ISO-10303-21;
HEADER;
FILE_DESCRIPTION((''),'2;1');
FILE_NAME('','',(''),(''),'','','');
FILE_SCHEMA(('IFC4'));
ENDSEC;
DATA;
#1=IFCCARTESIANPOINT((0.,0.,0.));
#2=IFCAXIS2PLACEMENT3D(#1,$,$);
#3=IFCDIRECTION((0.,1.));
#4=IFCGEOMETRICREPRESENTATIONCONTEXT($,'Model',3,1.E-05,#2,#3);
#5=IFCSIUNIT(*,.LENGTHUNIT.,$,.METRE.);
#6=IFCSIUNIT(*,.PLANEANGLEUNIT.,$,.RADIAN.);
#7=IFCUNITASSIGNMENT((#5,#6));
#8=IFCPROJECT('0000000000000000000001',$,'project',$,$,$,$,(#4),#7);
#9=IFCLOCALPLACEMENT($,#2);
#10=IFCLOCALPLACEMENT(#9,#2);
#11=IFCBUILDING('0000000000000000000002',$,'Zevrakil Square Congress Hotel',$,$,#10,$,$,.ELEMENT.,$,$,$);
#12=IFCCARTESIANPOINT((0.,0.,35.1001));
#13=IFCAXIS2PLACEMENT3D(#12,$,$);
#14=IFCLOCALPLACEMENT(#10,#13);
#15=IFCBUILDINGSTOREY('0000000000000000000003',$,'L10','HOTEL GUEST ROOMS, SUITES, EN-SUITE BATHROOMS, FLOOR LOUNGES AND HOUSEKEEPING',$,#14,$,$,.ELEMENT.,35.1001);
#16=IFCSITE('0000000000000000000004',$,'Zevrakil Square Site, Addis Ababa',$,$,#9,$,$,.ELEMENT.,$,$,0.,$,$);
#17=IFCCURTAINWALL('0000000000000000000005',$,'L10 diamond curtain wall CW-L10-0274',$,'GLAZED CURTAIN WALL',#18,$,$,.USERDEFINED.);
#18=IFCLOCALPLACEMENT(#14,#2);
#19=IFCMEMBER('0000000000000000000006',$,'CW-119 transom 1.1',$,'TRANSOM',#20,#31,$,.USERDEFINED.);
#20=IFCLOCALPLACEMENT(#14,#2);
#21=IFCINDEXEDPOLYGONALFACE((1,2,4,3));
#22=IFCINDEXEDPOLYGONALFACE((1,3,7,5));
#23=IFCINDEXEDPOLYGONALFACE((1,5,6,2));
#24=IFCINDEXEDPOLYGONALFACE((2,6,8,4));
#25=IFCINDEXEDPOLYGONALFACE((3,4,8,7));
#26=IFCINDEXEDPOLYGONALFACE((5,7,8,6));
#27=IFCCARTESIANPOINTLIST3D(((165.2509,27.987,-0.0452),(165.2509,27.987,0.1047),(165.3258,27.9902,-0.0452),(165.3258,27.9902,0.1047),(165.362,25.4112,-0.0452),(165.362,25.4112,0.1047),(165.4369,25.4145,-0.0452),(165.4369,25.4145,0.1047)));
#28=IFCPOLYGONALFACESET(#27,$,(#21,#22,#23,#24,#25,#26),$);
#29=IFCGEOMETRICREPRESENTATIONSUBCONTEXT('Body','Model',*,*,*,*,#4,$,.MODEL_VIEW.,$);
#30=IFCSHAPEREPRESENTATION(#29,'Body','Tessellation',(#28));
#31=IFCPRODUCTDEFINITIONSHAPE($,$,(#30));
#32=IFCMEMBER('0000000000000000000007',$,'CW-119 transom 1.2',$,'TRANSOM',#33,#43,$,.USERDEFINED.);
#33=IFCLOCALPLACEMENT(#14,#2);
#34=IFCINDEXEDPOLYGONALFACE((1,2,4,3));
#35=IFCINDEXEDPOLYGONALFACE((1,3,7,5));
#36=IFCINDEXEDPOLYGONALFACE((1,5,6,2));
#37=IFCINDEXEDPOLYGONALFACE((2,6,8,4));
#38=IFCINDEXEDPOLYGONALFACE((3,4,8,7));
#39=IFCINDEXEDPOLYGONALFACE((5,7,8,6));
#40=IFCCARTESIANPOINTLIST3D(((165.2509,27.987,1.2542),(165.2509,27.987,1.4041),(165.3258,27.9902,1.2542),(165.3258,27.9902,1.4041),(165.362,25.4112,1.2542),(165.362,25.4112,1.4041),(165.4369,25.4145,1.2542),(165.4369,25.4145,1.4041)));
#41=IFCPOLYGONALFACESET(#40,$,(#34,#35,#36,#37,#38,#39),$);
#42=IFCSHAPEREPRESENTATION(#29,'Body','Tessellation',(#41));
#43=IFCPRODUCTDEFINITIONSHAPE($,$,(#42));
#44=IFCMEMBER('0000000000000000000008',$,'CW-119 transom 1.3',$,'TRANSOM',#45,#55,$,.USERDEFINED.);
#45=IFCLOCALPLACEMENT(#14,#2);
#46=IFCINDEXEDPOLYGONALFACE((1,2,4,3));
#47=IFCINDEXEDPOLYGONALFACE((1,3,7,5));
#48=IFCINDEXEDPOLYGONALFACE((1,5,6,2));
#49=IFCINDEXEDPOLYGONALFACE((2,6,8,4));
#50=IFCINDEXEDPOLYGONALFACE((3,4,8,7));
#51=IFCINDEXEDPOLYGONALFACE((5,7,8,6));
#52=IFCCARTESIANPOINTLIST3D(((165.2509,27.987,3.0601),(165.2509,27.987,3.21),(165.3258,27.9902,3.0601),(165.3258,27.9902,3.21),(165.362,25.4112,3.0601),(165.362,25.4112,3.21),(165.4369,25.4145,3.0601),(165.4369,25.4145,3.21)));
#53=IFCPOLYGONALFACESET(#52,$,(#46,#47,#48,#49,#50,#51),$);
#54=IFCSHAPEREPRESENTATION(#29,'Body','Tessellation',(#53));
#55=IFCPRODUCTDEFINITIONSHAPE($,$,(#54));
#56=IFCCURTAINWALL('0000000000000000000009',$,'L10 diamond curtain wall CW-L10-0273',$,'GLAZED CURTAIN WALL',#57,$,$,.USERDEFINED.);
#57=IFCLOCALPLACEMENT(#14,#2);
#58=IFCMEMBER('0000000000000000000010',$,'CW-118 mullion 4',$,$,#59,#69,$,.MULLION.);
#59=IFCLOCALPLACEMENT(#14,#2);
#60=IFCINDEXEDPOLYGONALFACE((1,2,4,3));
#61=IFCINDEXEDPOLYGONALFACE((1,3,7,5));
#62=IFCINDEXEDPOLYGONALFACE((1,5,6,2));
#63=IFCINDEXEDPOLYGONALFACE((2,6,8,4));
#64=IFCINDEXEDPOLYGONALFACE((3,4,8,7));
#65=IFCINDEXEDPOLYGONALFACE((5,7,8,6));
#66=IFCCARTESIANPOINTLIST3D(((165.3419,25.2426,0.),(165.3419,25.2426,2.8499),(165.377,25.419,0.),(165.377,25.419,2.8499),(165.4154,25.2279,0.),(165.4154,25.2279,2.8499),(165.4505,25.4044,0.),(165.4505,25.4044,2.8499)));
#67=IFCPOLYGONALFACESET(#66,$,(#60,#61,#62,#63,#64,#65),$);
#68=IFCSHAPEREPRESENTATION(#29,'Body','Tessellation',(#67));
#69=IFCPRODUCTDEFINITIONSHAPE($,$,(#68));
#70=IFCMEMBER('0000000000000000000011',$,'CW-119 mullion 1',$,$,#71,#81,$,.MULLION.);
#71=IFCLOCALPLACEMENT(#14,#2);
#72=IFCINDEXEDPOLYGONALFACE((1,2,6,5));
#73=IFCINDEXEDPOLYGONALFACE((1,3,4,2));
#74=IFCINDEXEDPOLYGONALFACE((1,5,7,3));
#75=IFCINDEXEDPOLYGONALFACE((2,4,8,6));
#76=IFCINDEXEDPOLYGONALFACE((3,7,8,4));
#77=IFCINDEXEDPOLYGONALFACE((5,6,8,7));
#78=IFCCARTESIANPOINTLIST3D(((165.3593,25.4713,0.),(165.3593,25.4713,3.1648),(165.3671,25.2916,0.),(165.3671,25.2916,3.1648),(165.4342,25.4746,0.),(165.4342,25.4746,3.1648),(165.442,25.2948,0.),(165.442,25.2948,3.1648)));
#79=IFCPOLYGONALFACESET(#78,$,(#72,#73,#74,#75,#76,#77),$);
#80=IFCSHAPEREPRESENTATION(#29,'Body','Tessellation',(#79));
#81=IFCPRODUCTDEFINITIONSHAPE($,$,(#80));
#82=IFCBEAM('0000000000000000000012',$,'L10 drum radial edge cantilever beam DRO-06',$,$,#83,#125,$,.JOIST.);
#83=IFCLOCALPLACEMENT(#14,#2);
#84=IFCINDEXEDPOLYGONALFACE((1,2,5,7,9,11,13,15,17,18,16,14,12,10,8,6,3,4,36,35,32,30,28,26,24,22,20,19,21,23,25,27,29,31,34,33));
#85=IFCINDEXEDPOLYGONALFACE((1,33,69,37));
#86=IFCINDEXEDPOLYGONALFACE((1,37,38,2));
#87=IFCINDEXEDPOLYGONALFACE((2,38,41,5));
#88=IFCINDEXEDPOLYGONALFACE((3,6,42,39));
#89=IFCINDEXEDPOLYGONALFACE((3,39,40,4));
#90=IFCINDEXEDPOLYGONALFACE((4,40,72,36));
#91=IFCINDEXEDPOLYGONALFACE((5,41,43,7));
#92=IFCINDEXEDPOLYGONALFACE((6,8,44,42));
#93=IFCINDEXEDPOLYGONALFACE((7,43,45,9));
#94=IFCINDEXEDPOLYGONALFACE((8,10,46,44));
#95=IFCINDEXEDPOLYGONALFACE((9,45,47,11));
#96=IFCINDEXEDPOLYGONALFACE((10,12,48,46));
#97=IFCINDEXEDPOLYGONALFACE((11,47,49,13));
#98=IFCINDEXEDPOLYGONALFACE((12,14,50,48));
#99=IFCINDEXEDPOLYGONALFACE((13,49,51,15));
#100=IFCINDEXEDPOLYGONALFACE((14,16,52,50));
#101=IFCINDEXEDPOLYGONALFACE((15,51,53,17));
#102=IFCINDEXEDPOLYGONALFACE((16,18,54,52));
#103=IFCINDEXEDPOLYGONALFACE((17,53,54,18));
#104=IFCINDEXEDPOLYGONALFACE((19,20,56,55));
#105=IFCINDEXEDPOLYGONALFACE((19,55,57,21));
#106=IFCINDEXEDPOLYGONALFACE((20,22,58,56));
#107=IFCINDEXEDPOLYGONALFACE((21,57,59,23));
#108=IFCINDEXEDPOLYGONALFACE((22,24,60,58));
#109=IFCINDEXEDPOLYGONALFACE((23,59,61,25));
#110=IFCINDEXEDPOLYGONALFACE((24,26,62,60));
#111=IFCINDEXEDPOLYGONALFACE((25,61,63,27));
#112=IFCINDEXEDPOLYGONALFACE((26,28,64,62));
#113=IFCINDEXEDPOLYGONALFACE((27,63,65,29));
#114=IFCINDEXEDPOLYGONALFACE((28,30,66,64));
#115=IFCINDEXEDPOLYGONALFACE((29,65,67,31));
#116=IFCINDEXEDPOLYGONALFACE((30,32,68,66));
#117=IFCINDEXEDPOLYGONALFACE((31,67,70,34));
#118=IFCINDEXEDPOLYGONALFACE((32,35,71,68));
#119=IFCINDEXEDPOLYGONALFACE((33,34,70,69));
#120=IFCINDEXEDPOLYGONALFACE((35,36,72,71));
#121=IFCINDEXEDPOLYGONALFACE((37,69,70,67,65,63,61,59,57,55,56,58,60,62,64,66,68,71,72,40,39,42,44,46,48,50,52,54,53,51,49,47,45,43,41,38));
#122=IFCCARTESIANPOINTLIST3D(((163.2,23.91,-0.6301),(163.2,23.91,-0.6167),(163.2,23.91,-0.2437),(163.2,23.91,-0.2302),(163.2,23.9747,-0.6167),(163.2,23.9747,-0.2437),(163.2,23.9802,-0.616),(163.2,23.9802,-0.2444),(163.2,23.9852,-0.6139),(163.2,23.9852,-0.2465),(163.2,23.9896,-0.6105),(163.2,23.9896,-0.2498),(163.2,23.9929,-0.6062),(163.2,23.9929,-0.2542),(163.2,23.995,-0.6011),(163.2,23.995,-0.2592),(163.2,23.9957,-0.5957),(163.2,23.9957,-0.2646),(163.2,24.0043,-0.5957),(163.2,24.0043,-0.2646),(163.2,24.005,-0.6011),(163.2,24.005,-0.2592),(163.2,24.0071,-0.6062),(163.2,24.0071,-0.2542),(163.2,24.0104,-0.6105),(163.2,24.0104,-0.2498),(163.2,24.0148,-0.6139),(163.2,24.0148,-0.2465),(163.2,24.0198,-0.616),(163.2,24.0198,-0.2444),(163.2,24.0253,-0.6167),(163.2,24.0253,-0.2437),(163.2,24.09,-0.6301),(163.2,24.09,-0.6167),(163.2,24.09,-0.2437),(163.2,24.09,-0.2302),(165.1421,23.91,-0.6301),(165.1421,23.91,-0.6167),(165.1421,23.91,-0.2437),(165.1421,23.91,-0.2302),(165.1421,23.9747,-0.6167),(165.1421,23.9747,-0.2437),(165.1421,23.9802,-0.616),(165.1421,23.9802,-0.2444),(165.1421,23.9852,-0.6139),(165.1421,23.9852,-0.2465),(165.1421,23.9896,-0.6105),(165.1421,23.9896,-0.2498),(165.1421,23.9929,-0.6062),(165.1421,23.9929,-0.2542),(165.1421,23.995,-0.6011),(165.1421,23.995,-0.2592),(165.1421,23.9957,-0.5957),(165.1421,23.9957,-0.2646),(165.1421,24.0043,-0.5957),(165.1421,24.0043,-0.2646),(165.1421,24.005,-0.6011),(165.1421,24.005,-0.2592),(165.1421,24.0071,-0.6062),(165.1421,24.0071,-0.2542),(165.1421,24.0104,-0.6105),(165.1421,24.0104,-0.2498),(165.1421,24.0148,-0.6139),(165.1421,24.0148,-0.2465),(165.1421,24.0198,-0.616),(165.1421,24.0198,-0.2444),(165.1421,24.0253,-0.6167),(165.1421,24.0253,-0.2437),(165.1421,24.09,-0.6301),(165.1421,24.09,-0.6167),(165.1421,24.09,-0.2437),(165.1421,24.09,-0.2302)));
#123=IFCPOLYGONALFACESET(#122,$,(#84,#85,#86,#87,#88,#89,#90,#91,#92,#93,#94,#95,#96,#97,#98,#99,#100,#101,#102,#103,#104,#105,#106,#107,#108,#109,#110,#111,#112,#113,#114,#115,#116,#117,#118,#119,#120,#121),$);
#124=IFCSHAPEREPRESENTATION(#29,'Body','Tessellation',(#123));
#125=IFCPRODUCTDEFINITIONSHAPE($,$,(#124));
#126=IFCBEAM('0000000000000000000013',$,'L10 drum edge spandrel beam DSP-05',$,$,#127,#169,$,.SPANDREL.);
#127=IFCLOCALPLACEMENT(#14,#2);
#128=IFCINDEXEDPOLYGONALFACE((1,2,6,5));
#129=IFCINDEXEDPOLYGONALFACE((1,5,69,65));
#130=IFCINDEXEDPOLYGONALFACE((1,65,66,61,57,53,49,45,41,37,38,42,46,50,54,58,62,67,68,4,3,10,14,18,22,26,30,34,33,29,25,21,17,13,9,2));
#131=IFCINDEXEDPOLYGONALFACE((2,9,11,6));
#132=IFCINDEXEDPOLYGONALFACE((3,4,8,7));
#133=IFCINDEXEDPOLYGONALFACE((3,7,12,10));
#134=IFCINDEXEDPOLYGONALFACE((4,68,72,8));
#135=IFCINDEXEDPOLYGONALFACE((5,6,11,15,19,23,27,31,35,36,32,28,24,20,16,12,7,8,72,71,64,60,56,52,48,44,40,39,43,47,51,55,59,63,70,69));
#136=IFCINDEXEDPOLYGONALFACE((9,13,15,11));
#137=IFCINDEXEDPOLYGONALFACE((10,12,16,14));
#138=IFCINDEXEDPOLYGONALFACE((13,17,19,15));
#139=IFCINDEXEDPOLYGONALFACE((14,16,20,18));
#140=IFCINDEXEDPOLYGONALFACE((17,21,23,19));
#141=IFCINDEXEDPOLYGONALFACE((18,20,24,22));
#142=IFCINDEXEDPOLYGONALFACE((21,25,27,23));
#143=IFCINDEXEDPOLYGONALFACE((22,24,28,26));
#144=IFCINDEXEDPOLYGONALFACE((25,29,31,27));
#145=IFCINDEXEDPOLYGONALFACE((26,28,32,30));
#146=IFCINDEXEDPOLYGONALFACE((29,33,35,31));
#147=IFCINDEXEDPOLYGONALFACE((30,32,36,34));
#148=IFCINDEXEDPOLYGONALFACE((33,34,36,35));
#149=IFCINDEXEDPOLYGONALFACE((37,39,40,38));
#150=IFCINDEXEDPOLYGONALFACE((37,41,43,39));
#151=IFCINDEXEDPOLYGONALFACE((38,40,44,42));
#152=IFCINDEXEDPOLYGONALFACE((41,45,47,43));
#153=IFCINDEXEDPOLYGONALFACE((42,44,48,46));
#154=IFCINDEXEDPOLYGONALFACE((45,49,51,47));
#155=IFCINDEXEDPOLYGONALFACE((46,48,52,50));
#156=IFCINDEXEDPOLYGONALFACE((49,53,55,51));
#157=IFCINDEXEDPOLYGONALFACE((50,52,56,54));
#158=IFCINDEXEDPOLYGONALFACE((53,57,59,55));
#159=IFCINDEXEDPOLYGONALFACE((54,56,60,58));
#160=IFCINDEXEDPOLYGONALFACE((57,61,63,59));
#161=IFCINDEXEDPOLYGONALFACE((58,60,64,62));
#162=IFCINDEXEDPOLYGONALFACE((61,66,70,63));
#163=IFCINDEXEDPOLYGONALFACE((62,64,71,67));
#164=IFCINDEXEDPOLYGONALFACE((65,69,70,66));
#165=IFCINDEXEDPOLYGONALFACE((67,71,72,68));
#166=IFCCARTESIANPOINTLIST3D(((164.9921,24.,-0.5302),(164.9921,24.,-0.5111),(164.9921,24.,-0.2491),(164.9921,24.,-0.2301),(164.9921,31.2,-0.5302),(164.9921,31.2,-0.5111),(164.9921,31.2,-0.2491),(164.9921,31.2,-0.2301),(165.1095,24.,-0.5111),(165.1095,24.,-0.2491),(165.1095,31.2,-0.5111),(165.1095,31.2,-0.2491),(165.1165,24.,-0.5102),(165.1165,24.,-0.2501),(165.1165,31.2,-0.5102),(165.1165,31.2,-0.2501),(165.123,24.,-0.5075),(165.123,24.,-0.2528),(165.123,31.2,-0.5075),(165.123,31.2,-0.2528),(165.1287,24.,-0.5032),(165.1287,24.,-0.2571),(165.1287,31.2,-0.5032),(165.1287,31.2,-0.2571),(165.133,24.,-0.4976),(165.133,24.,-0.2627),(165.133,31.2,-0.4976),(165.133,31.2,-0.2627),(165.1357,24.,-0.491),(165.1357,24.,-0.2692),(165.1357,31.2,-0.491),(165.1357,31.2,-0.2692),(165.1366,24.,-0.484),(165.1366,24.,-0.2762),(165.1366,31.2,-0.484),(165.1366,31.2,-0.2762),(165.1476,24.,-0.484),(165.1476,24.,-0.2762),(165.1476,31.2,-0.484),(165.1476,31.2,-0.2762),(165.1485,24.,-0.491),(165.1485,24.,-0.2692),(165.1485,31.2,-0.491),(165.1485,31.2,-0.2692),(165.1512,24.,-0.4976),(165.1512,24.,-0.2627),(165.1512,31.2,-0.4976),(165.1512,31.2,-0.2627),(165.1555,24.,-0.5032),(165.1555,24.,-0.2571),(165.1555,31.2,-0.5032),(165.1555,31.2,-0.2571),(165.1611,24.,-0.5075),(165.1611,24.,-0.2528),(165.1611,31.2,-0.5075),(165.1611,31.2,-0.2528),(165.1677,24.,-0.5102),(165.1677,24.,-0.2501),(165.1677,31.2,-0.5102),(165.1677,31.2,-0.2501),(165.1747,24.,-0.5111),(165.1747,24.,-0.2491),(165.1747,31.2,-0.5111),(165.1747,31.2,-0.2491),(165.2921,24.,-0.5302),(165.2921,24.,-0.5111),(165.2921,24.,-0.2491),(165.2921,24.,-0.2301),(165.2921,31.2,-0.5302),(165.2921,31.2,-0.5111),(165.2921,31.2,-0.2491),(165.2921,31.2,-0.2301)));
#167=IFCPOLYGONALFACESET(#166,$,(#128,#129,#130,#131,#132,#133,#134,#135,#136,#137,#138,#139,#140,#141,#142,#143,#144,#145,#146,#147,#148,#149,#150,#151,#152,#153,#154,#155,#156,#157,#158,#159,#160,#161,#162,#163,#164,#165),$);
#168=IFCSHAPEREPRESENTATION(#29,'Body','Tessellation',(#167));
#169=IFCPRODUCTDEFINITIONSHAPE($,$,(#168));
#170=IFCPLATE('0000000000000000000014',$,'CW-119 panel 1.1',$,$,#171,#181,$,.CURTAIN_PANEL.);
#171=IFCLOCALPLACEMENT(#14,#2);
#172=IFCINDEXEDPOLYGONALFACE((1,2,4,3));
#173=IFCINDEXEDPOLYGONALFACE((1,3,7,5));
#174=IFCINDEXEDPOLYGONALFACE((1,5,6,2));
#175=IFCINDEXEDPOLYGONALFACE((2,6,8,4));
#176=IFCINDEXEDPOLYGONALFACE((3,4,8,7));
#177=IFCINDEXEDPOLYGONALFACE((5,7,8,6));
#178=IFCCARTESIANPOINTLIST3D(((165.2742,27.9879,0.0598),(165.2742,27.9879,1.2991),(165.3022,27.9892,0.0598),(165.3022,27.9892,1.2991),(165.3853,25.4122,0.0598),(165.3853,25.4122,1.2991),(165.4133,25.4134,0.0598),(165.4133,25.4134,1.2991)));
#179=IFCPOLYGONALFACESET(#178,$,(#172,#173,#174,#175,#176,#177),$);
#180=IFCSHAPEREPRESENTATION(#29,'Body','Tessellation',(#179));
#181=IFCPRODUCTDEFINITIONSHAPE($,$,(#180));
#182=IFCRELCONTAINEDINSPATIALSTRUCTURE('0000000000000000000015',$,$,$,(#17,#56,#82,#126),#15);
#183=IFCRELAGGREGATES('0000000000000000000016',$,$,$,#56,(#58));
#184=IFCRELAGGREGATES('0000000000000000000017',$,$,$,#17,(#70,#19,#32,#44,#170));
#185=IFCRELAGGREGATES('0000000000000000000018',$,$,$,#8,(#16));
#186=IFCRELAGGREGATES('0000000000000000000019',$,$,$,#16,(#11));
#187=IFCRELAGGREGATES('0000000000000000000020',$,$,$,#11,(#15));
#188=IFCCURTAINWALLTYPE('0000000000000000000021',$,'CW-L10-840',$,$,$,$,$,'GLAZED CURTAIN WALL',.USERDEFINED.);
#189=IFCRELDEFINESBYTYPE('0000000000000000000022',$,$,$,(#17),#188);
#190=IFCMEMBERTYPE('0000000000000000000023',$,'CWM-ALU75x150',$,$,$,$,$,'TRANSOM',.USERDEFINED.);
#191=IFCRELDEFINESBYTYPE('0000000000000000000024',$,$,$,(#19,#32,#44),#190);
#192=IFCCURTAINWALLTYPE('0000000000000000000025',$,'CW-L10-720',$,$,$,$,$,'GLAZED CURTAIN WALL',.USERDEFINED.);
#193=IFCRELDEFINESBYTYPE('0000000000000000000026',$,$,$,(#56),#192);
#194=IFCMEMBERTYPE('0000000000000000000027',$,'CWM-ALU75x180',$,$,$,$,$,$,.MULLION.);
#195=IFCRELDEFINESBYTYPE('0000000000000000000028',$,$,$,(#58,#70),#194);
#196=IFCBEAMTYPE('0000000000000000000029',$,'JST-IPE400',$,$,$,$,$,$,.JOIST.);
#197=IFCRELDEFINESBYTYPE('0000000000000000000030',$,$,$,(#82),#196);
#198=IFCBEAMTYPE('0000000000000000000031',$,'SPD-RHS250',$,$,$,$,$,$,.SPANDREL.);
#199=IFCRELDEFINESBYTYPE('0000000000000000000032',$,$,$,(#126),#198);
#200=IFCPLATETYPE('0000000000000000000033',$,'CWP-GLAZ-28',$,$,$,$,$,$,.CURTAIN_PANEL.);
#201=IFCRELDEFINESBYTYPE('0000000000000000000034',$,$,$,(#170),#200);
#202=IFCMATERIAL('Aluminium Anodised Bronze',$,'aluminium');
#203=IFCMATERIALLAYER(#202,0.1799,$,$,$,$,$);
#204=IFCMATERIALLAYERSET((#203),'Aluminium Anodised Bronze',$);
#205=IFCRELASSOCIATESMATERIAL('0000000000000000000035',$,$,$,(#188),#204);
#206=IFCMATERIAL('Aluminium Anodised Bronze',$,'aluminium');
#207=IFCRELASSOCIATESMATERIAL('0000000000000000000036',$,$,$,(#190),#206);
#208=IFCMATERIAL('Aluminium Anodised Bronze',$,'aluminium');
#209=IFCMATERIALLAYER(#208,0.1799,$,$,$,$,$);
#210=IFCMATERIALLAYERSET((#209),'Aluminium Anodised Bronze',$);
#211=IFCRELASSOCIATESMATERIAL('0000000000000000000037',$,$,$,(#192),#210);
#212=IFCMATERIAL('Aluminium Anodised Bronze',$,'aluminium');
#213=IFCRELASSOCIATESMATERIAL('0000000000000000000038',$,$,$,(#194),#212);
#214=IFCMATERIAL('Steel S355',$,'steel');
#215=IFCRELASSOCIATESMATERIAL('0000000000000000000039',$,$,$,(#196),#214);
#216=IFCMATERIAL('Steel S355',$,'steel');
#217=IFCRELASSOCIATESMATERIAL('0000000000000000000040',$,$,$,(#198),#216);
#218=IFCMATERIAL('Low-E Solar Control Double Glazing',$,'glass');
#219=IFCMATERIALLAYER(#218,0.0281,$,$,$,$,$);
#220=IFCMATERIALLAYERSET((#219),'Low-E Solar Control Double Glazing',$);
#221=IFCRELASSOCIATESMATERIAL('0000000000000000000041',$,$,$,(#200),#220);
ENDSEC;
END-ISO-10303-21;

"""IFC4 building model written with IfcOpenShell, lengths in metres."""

from ifc_helpers import new_model, si_unit, direction, frame, origin, origin_2d, place, context, subcontext, project, spatial, rectangle, i_section, extrude, material, layer, layer_set, material_profile, profile_set, type_object, element, aggregate, save


model = new_model("IFC4")

# Units and contexts
model_context = context("Model", 3, precision=1e-05, world=origin(), true_north=direction((0.0, 1.0)))
body_context = subcontext(model_context, "Body", "Model", "MODEL_VIEW")
ifc_project = project(units=[si_unit("LENGTHUNIT", "METRE"), si_unit("PLANEANGLEUNIT", "RADIAN")], contexts=[model_context])

# Site, building, storey
site_placement = place(None, origin())
site = spatial("IfcSite", under=ifc_project, at=site_placement, Name="Zevrakil Square Site, Addis Ababa", CompositionType="ELEMENT", RefElevation=0.0)
building_placement = place(site_placement, origin())
building = spatial("IfcBuilding", under=site, at=building_placement, Name="Zevrakil Square Congress Hotel", CompositionType="ELEMENT")
storey_placement = place(building_placement, frame((0.0, 0.0, 35.1001)))
storey = spatial("IfcBuildingStorey", under=building, at=storey_placement, Name="L10", Description="HOTEL GUEST ROOMS, SUITES, EN-SUITE BATHROOMS, FLOOR LOUNGES AND HOUSEKEEPING", CompositionType="ELEMENT", Elevation=35.1001)

# Curtain wall, members
ifc_material_1 = material(Name="Aluminium Anodised Bronze", Category="aluminium")
ifc_layer_1 = layer(ifc_material_1, 0.1799)
ifc_layer_set_1 = layer_set([ifc_layer_1], Name="Aluminium Anodised Bronze")
curtain_wall_type_1 = type_object("IfcCurtainWallType", Name="CW-L10-840", ElementType="GLAZED CURTAIN WALL", PredefinedType="USERDEFINED", material=ifc_layer_set_1)
curtain_wall_1_placement = place(storey_placement, origin())
curtain_wall_1 = element("IfcCurtainWall", 1, at=curtain_wall_1_placement, inside=storey, type_object=curtain_wall_type_1, Name="L10 diamond curtain wall CW-L10-0274", ObjectType="GLAZED CURTAIN WALL", PredefinedType="USERDEFINED")
ifc_material_2 = material(Name="Aluminium Anodised Bronze", Category="aluminium")
ifc_material_profile_1 = material_profile(ifc_material_2, rectangle(XDim=0.075, YDim=0.1499, at=origin_2d()), Name="ALU 75x150")
ifc_profile_set_1 = profile_set([ifc_material_profile_1], Name="Aluminium Anodised Bronze")
member_type_1 = type_object("IfcMemberType", Name="CWM-ALU75x150", ElementType="TRANSOM", PredefinedType="USERDEFINED", material=ifc_profile_set_1)
member_1_placement = place(storey_placement, frame((165.3994, 25.4128, 0.0298), z_axis=(-0.043088, 0.999071, 0.0), x_axis=(-0.999071, -0.043088, 0.0)))
member_1 = element("IfcMember", 2, at=member_1_placement, type_object=member_type_1, Name="CW-119 transom 1.1", ObjectType="TRANSOM", PredefinedType="USERDEFINED", context=body_context, shape_type="SweptSolid", body=[
    extrude(rectangle(XDim=0.075, YDim=0.1499, at=origin_2d()), origin(), (0.0, 0.0, 1.0), 2.5781),
])
member_2_placement = place(storey_placement, frame((165.3994, 25.4128, 1.3291), z_axis=(-0.043088, 0.999071, 0.0), x_axis=(-0.999071, -0.043088, 0.0)))
member_2 = element("IfcMember", 3, at=member_2_placement, type_object=member_type_1, Name="CW-119 transom 1.2", ObjectType="TRANSOM", PredefinedType="USERDEFINED", context=body_context, shape_type="SweptSolid", body=[
    extrude(rectangle(XDim=0.075, YDim=0.1499, at=origin_2d()), origin(), (0.0, 0.0, 1.0), 2.5781),
])
member_3_placement = place(storey_placement, frame((165.3994, 25.4128, 3.135), z_axis=(-0.043088, 0.999071, 0.0), x_axis=(-0.999071, -0.043088, 0.0)))
member_3 = element("IfcMember", 4, at=member_3_placement, type_object=member_type_1, Name="CW-119 transom 1.3", ObjectType="TRANSOM", PredefinedType="USERDEFINED", context=body_context, shape_type="SweptSolid", body=[
    extrude(rectangle(XDim=0.075, YDim=0.1499, at=origin_2d()), origin(), (0.0, 0.0, 1.0), 2.5781),
])

# Curtain wall, member
ifc_material_3 = material(Name="Aluminium Anodised Bronze", Category="aluminium")
ifc_layer_2 = layer(ifc_material_3, 0.1799)
ifc_layer_set_2 = layer_set([ifc_layer_2], Name="Aluminium Anodised Bronze")
curtain_wall_type_2 = type_object("IfcCurtainWallType", Name="CW-L10-720", ElementType="GLAZED CURTAIN WALL", PredefinedType="USERDEFINED", material=ifc_layer_set_2)
curtain_wall_2_placement = place(storey_placement, origin())
curtain_wall_2 = element("IfcCurtainWall", 5, at=curtain_wall_2_placement, inside=storey, type_object=curtain_wall_type_2, Name="L10 diamond curtain wall CW-L10-0273", ObjectType="GLAZED CURTAIN WALL", PredefinedType="USERDEFINED")
ifc_material_4 = material(Name="Aluminium Anodised Bronze", Category="aluminium")
ifc_material_profile_2 = material_profile(ifc_material_4, rectangle(XDim=0.075, YDim=0.1799, at=origin_2d()), Name="ALU 75x180")
ifc_profile_set_2 = profile_set([ifc_material_profile_2], Name="Aluminium Anodised Bronze")
member_type_2 = type_object("IfcMemberType", Name="CWM-ALU75x180", PredefinedType="MULLION", material=ifc_profile_set_2)
member_4_placement = place(storey_placement, frame((165.3962, 25.3235, 0.0), z_axis=(0.0, 0.0, 1.0), x_axis=(-0.980787, 0.195084, 0.0)))
member_4 = element("IfcMember", 6, at=member_4_placement, type_object=member_type_2, Name="CW-118 mullion 4", PredefinedType="MULLION", context=body_context, shape_type="SweptSolid", body=[
    extrude(rectangle(XDim=0.075, YDim=0.1799, at=origin_2d()), origin(), (0.0, 0.0, 1.0), 2.8499),
])

# Member
member_5_placement = place(storey_placement, frame((165.4006, 25.3831, 0.0), z_axis=(0.0, 0.0, 1.0), x_axis=(-0.999071, -0.043102, 0.0)))
member_5 = element("IfcMember", 7, at=member_5_placement, type_object=member_type_2, Name="CW-119 mullion 1", PredefinedType="MULLION", context=body_context, shape_type="SweptSolid", body=[
    extrude(rectangle(XDim=0.075, YDim=0.1799, at=origin_2d()), origin(), (0.0, 0.0, 1.0), 3.1648),
])

# Beams
ifc_material_5 = material(Name="Steel S355", Category="steel")
ifc_material_profile_3 = material_profile(ifc_material_5, i_section(OverallWidth=0.1799, OverallDepth=0.3999, WebThickness=0.0085, FlangeThickness=0.0134, FilletRadius=0.021, at=origin_2d()), Name="IPE 400")
ifc_profile_set_3 = profile_set([ifc_material_profile_3], Name="Steel S355")
beam_type_1 = type_object("IfcBeamType", Name="JST-IPE400", PredefinedType="JOIST", material=ifc_profile_set_3)
beam_1_placement = place(storey_placement, frame((163.2, 24.0, -0.4302), z_axis=(1.0, 0.0, 0.0), x_axis=(0.0, 1.0, 0.0)))
element("IfcBeam", 8, at=beam_1_placement, inside=storey, type_object=beam_type_1, Name="L10 drum radial edge cantilever beam DRO-06", PredefinedType="JOIST", context=body_context, shape_type="SweptSolid", body=[
    extrude(i_section(OverallWidth=0.1799, OverallDepth=0.3999, WebThickness=0.0085, FlangeThickness=0.0134, FilletRadius=0.021, at=origin_2d()), origin(), (0.0, 0.0, 1.0), 1.9421),
])
ifc_material_6 = material(Name="Steel S355", Category="steel")
ifc_material_profile_4 = material_profile(ifc_material_6, i_section(OverallWidth=0.3, OverallDepth=0.3, WebThickness=0.011, FlangeThickness=0.019, FilletRadius=0.0271, at=origin_2d()), Name="HEB 300")
ifc_profile_set_4 = profile_set([ifc_material_profile_4], Name="Steel S355")
beam_type_2 = type_object("IfcBeamType", Name="SPD-RHS250", PredefinedType="SPANDREL", material=ifc_profile_set_4)
beam_2_placement = place(storey_placement, frame((165.1421, 24.0, -0.3801), z_axis=(0.0, 1.0, 0.0), x_axis=(-1.0, 0.0, 0.0)))
element("IfcBeam", 9, at=beam_2_placement, inside=storey, type_object=beam_type_2, Name="L10 drum edge spandrel beam DSP-05", PredefinedType="SPANDREL", context=body_context, shape_type="SweptSolid", body=[
    extrude(i_section(OverallWidth=0.3, OverallDepth=0.3, WebThickness=0.011, FlangeThickness=0.019, FilletRadius=0.0271, at=origin_2d()), origin(), (0.0, 0.0, 1.0), 7.2),
])

# Plate
ifc_material_7 = material(Name="Low-E Solar Control Double Glazing", Category="glass")
ifc_layer_3 = layer(ifc_material_7, 0.0281)
ifc_layer_set_3 = layer_set([ifc_layer_3], Name="Low-E Solar Control Double Glazing")
plate_type_1 = type_object("IfcPlateType", Name="CWP-GLAZ-28", PredefinedType="CURTAIN_PANEL", material=ifc_layer_set_3)
plate_1_placement = place(storey_placement, frame((165.3438, 26.7007, 0.0598), z_axis=(0.0, 0.0, 1.0), x_axis=(-0.043102, 0.999071, 0.0)))
plate_1 = element("IfcPlate", 10, at=plate_1_placement, type_object=plate_type_1, Name="CW-119 panel 1.1", PredefinedType="CURTAIN_PANEL", context=body_context, shape_type="SweptSolid", body=[
    extrude(rectangle(XDim=2.5781, YDim=0.0281, at=origin_2d()), origin(), (0.0, 0.0, 1.0), 1.2393),
])
aggregate(curtain_wall_2, [member_4])
aggregate(curtain_wall_1, [member_5, member_1, member_2, member_3, plate_1])

save(model, "model.ifc")
